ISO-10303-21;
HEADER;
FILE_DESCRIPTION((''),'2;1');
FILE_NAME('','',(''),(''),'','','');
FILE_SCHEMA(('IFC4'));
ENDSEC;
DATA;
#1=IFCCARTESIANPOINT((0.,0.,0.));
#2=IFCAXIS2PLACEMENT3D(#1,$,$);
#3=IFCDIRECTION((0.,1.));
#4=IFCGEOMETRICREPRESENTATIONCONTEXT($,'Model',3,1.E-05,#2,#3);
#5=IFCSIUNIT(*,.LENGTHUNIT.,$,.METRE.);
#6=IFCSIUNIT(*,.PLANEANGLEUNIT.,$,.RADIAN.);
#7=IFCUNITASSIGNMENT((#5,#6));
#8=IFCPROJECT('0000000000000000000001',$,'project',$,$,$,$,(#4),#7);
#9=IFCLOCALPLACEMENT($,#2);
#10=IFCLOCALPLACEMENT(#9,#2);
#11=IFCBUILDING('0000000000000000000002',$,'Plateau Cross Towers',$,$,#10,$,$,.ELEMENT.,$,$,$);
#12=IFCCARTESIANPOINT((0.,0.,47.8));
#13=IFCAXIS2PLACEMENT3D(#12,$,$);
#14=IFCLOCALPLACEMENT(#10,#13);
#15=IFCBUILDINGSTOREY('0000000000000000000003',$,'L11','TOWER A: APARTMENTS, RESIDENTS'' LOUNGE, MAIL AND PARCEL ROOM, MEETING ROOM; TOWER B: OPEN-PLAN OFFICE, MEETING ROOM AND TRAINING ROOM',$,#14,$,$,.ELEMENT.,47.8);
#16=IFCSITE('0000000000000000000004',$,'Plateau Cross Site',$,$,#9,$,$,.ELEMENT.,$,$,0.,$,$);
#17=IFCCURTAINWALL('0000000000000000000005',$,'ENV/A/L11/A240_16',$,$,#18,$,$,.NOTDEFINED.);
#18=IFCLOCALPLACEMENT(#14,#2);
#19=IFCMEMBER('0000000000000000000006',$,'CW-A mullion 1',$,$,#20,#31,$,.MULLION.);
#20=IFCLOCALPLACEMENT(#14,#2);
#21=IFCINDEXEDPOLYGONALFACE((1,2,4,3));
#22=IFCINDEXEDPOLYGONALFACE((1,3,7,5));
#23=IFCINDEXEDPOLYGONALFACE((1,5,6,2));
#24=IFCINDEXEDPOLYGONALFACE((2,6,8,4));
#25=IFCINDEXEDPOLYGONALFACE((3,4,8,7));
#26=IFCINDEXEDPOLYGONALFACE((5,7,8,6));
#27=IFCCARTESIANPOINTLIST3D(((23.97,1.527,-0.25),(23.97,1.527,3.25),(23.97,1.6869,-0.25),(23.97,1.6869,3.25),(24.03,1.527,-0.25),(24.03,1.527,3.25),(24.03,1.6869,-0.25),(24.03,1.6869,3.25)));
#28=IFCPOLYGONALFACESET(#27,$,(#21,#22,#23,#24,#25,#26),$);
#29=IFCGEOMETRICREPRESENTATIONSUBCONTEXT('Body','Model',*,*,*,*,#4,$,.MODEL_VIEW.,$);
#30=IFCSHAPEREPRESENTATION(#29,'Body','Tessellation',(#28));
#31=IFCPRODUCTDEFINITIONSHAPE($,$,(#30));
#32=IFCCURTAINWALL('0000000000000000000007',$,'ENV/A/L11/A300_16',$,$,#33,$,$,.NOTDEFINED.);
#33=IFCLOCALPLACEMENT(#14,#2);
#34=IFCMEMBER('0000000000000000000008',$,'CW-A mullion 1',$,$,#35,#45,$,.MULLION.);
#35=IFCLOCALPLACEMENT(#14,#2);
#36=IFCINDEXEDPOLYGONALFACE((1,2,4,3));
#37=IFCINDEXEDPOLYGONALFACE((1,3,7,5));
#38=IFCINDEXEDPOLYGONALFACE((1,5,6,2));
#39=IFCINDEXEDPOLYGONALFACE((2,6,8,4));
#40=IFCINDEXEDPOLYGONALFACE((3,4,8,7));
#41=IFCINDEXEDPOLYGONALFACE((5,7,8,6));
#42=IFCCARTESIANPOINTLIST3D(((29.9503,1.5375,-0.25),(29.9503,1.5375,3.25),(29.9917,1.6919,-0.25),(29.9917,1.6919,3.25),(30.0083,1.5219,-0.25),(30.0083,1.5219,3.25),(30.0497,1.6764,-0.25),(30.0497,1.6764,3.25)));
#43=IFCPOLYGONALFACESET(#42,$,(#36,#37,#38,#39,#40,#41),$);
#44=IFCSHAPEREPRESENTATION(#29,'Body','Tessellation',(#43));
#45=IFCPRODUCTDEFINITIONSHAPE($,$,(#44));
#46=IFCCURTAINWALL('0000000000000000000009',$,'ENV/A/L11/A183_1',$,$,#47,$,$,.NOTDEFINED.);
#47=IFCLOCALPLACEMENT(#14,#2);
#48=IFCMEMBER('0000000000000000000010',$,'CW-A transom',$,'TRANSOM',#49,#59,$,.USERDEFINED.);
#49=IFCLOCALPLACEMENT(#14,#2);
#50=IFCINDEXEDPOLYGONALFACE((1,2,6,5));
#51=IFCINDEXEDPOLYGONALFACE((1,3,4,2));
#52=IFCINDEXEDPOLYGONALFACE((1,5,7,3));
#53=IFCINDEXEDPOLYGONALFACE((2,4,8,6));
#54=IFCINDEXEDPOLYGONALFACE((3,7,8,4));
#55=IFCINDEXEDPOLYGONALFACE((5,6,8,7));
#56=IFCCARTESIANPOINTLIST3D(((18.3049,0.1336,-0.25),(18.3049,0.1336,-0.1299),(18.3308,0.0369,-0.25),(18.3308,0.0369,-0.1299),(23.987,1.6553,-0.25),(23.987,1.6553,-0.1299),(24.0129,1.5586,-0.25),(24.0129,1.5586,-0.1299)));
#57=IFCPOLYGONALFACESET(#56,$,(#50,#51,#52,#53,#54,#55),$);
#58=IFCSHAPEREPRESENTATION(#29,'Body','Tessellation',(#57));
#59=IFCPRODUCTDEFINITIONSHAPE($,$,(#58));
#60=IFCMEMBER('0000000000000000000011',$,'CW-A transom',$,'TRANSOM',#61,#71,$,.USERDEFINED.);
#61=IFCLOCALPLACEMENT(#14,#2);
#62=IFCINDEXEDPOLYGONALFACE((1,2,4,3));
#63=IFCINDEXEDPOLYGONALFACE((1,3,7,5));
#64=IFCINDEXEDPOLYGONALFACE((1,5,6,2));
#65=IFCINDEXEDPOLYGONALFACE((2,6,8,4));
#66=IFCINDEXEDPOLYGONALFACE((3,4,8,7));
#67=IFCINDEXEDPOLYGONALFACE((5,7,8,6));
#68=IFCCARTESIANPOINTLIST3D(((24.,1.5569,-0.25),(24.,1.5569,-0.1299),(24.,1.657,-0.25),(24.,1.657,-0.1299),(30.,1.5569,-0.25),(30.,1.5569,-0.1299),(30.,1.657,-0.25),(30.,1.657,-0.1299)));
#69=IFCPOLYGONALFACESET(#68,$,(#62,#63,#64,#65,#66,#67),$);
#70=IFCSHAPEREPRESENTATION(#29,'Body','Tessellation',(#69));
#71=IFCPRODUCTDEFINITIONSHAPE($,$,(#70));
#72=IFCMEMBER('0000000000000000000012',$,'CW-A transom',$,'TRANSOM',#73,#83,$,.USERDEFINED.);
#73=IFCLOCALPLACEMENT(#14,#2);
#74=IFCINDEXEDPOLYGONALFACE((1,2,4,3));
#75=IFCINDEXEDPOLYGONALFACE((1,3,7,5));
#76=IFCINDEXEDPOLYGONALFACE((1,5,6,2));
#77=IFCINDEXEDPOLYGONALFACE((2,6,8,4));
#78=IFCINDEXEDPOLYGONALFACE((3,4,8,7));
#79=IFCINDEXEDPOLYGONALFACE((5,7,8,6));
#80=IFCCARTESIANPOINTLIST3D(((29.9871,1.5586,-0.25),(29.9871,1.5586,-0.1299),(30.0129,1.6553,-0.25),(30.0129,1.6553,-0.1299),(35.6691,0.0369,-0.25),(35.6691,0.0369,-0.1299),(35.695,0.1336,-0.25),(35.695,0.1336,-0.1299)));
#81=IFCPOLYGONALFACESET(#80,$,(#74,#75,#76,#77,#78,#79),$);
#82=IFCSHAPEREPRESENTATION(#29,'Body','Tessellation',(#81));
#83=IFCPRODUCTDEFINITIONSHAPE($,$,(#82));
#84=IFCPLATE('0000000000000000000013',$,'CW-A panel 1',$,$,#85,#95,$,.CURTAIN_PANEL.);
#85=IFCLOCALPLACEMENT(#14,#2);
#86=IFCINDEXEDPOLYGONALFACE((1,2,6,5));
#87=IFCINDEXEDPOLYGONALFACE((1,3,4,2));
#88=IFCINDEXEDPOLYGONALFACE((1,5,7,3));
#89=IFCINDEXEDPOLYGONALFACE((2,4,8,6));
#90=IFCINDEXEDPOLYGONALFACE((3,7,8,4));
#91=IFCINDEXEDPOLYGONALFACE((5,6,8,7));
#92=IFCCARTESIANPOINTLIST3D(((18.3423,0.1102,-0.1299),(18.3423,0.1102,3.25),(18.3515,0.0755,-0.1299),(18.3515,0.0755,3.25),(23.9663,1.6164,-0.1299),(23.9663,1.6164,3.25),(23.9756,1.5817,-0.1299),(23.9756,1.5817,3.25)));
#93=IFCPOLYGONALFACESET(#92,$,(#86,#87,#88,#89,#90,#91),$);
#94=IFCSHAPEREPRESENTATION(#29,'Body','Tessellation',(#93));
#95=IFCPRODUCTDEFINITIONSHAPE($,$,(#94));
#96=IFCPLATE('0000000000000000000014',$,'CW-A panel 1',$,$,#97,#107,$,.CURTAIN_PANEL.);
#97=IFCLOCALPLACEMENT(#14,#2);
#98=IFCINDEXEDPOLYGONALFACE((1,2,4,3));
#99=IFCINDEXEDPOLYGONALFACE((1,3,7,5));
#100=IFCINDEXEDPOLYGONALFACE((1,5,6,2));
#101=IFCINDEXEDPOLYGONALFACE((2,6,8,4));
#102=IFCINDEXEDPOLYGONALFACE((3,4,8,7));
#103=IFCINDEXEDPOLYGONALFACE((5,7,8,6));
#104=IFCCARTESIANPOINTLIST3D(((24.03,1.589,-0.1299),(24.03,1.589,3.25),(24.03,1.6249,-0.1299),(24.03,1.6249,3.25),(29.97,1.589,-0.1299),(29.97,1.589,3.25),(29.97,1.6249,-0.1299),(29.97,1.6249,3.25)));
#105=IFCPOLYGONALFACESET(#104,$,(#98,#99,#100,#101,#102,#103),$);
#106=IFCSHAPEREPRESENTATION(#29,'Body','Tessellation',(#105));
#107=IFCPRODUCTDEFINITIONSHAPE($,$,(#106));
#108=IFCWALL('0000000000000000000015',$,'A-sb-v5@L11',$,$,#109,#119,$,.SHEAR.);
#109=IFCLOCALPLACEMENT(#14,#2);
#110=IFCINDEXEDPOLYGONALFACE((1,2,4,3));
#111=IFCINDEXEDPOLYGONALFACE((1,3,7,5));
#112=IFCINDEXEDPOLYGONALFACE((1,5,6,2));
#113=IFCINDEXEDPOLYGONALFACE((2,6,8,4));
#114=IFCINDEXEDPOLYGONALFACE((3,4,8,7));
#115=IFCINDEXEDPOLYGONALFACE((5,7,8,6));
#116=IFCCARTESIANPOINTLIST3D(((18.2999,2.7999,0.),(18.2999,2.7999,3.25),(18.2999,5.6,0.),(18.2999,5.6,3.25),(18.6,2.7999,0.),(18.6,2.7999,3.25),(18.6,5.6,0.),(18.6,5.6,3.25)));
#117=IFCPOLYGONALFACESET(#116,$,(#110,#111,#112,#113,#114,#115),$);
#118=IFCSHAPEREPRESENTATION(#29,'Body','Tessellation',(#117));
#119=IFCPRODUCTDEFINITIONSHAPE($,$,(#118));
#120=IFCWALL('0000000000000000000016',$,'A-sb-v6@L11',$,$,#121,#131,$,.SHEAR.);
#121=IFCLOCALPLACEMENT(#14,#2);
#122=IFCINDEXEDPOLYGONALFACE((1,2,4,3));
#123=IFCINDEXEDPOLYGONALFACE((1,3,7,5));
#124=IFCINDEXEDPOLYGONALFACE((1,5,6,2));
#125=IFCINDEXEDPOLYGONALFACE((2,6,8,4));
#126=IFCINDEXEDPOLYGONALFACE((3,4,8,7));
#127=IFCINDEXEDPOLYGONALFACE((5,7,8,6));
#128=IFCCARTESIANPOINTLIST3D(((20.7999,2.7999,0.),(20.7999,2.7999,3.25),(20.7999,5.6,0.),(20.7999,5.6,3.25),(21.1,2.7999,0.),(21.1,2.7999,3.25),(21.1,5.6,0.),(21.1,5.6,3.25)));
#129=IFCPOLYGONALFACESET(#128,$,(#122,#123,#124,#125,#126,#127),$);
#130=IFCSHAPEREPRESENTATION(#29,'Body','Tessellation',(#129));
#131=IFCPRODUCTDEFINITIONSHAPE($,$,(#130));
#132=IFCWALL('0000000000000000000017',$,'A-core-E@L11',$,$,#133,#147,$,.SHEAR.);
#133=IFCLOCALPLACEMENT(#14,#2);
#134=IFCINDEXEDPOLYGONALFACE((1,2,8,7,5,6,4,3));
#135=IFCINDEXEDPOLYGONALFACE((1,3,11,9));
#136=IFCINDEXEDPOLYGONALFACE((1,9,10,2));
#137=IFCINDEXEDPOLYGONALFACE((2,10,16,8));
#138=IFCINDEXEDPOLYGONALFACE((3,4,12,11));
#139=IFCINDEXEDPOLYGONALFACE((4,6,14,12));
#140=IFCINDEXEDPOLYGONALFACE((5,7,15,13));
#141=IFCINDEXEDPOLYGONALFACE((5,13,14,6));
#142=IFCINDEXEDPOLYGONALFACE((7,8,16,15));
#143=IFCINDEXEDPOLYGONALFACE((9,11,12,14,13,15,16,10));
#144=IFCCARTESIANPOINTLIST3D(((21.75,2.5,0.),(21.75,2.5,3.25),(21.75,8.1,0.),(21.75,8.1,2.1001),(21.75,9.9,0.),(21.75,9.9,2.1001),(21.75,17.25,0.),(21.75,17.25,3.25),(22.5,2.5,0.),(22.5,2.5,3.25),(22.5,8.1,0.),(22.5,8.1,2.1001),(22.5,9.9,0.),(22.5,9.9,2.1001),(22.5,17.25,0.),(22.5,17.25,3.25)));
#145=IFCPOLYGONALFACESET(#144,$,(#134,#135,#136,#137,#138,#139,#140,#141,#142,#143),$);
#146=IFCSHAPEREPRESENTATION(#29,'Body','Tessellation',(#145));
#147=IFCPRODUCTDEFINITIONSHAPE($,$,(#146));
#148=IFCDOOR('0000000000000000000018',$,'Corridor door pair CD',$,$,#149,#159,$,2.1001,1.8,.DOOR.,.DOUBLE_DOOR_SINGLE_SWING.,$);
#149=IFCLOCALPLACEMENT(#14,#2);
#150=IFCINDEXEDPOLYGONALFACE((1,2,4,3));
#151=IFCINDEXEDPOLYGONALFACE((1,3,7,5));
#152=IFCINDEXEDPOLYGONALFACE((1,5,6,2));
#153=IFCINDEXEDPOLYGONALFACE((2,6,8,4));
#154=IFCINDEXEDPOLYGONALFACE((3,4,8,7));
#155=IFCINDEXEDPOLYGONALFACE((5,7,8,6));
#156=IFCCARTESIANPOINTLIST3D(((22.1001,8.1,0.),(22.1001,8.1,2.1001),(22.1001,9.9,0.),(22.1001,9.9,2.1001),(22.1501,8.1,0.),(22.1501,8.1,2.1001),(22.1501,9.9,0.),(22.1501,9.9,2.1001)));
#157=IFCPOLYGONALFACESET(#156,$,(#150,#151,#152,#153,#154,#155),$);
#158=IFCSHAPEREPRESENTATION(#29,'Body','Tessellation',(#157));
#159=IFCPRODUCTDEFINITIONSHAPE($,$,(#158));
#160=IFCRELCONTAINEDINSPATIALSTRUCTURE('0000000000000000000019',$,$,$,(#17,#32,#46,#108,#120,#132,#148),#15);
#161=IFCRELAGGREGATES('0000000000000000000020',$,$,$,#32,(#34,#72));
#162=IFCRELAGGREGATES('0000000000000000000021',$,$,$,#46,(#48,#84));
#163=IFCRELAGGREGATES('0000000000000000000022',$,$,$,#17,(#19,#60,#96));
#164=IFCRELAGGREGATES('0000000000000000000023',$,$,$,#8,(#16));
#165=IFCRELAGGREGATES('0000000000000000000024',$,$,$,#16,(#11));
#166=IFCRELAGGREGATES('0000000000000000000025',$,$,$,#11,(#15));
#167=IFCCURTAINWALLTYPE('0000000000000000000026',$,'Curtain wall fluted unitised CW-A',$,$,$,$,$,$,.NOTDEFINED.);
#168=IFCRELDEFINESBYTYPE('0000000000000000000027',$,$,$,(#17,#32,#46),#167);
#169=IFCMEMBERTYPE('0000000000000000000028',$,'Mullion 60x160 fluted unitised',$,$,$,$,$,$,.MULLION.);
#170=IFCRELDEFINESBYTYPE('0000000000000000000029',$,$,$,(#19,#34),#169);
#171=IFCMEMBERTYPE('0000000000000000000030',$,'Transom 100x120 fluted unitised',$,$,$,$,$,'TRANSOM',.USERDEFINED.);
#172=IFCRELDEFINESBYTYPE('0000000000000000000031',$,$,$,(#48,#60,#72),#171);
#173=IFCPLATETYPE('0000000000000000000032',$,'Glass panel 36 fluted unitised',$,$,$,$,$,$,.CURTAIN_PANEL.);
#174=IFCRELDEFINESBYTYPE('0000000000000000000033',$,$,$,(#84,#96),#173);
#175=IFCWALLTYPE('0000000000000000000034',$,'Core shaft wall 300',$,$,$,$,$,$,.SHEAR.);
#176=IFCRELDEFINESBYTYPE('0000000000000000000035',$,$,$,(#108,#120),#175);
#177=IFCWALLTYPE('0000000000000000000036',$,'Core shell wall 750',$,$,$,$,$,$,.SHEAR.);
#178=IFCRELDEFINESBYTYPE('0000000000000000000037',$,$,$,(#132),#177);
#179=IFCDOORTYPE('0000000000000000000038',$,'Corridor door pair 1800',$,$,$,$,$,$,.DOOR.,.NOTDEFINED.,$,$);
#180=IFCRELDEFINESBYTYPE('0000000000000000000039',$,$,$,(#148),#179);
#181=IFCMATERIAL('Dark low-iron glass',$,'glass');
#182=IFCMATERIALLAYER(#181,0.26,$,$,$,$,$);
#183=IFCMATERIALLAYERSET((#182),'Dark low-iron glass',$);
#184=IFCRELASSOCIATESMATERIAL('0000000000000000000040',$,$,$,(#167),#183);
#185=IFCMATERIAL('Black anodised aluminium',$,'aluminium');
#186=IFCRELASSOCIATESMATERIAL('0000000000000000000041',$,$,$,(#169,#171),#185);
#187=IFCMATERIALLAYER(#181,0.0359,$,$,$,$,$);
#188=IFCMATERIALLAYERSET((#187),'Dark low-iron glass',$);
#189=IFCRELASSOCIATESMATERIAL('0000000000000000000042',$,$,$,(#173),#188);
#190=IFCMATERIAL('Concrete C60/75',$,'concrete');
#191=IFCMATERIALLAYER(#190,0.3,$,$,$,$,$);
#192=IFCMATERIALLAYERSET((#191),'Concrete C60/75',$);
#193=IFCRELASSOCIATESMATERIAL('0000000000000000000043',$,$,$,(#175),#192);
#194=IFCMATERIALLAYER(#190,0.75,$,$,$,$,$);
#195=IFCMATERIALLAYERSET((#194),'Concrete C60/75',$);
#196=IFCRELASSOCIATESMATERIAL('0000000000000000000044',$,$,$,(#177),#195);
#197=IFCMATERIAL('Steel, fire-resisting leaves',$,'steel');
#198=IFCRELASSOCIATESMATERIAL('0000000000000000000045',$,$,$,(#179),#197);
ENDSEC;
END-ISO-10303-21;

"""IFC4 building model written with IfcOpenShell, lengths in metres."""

from ifc_helpers import new_model, si_unit, direction, frame, frame_2d, origin, origin_2d, place, context, subcontext, project, spatial, rectangle, extrude, material, layer, layer_set, material_profile, profile_set, type_object, element, fill, aggregate, save


model = new_model("IFC4")

# Units and contexts
model_context = context("Model", 3, precision=1e-05, world=origin(), true_north=direction((0.0, 1.0)))
body_context = subcontext(model_context, "Body", "Model", "MODEL_VIEW")
ifc_project = project(units=[si_unit("LENGTHUNIT", "METRE"), si_unit("PLANEANGLEUNIT", "RADIAN")], contexts=[model_context])

# Site, building, storey
site_placement = place(None, origin())
site = spatial("IfcSite", under=ifc_project, at=site_placement, Name="Plateau Cross Site", CompositionType="ELEMENT", RefElevation=0.0)
building_placement = place(site_placement, origin())
building = spatial("IfcBuilding", under=site, at=building_placement, Name="Plateau Cross Towers", CompositionType="ELEMENT")
storey_placement = place(building_placement, frame((0.0, 0.0, 47.8)))
storey = spatial("IfcBuildingStorey", under=building, at=storey_placement, Name="L11", Description="TOWER A: APARTMENTS, RESIDENTS' LOUNGE, MAIL AND PARCEL ROOM, MEETING ROOM; TOWER B: OPEN-PLAN OFFICE, MEETING ROOM AND TRAINING ROOM", CompositionType="ELEMENT", Elevation=47.8)

# Curtain walls, members
ifc_material_1 = material(Name="Dark low-iron glass", Category="glass")
ifc_layer_1 = layer(ifc_material_1, 0.26)
ifc_layer_set_1 = layer_set([ifc_layer_1], Name="Dark low-iron glass")
curtain_wall_type = type_object("IfcCurtainWallType", Name="Curtain wall fluted unitised CW-A", PredefinedType="NOTDEFINED", material=ifc_layer_set_1)
curtain_wall_1_placement = place(storey_placement, origin())
curtain_wall_1 = element("IfcCurtainWall", 1, at=curtain_wall_1_placement, inside=storey, type_object=curtain_wall_type, Name="ENV/A/L11/A240_16", PredefinedType="NOTDEFINED")
ifc_material_2 = material(Name="Black anodised aluminium", Category="aluminium")
ifc_material_profile_1 = material_profile(ifc_material_2, rectangle(XDim=0.0601, YDim=0.1599, at=origin_2d()), Name="MULLION 60x160")
ifc_profile_set_1 = profile_set([ifc_material_profile_1], Name="Black anodised aluminium")
member_type_1 = type_object("IfcMemberType", Name="Mullion 60x160 fluted unitised", PredefinedType="MULLION", material=ifc_profile_set_1)
member_1_placement = place(storey_placement, frame((24.0, 1.6069, -0.25), z_axis=(0.0, 0.0, 1.0), x_axis=(1.0, 0.0, 0.0)))
member_1 = element("IfcMember", 2, at=member_1_placement, type_object=member_type_1, Name="CW-A mullion 1", PredefinedType="MULLION", context=body_context, shape_type="SweptSolid", body=[
    extrude(rectangle(XDim=0.0601, YDim=0.1599, at=origin_2d()), origin(), (0.0, 0.0, 1.0), 3.5),
])
curtain_wall_2_placement = place(storey_placement, origin())
curtain_wall_2 = element("IfcCurtainWall", 3, at=curtain_wall_2_placement, inside=storey, type_object=curtain_wall_type, Name="ENV/A/L11/A300_16", PredefinedType="NOTDEFINED")
member_2_placement = place(storey_placement, frame((30.0, 1.6069, -0.25), z_axis=(0.0, 0.0, 1.0), x_axis=(0.965958, -0.258699, 0.0)))
member_2 = element("IfcMember", 4, at=member_2_placement, type_object=member_type_1, Name="CW-A mullion 1", PredefinedType="MULLION", context=body_context, shape_type="SweptSolid", body=[
    extrude(rectangle(XDim=0.0601, YDim=0.1599, at=origin_2d()), origin(), (0.0, 0.0, 1.0), 3.5),
])
curtain_wall_3_placement = place(storey_placement, origin())
curtain_wall_3 = element("IfcCurtainWall", 5, at=curtain_wall_3_placement, inside=storey, type_object=curtain_wall_type, Name="ENV/A/L11/A183_1", PredefinedType="NOTDEFINED")
ifc_material_profile_2 = material_profile(ifc_material_2, rectangle(XDim=0.1001, YDim=0.1201, at=origin_2d()), Name="TRANSOM 100x120")
ifc_profile_set_2 = profile_set([ifc_material_profile_2], Name="Black anodised aluminium")
member_type_2 = type_object("IfcMemberType", Name="Transom 100x120 fluted unitised", ElementType="TRANSOM", PredefinedType="USERDEFINED", material=ifc_profile_set_2)
member_3_placement = place(storey_placement, frame((18.3179, 0.0852, -0.1899), z_axis=(0.96596, 0.258693, 0.0), x_axis=(-0.258693, 0.96596, 0.0)))
member_3 = element("IfcMember", 6, at=member_3_placement, type_object=member_type_2, Name="CW-A transom", ObjectType="TRANSOM", PredefinedType="USERDEFINED", context=body_context, shape_type="SweptSolid", body=[
    extrude(rectangle(XDim=0.1001, YDim=0.1201, at=origin_2d()), origin(), (0.0, 0.0, 1.0), 5.8823),
])

# Members
member_4_placement = place(storey_placement, frame((24.0, 1.6069, -0.1899), z_axis=(1.0, 0.0, 0.0), x_axis=(0.0, 1.0, 0.0)))
member_4 = element("IfcMember", 7, at=member_4_placement, type_object=member_type_2, Name="CW-A transom", ObjectType="TRANSOM", PredefinedType="USERDEFINED", context=body_context, shape_type="SweptSolid", body=[
    extrude(rectangle(XDim=0.1001, YDim=0.1201, at=origin_2d()), origin(), (0.0, 0.0, 1.0), 6.0),
])
member_5_placement = place(storey_placement, frame((30.0, 1.6069, -0.1899), z_axis=(0.96596, -0.258693, 0.0), x_axis=(0.258693, 0.96596, 0.0)))
member_5 = element("IfcMember", 8, at=member_5_placement, type_object=member_type_2, Name="CW-A transom", ObjectType="TRANSOM", PredefinedType="USERDEFINED", context=body_context, shape_type="SweptSolid", body=[
    extrude(rectangle(XDim=0.1001, YDim=0.1201, at=origin_2d()), origin(), (0.0, 0.0, 1.0), 5.8823),
])
aggregate(curtain_wall_2, [member_2, member_5])

# Plates
ifc_layer_2 = layer(ifc_material_1, 0.0359)
ifc_layer_set_2 = layer_set([ifc_layer_2], Name="Dark low-iron glass")
plate_type = type_object("IfcPlateType", Name="Glass panel 36 fluted unitised", PredefinedType="CURTAIN_PANEL", material=ifc_layer_set_2)
plate_1_placement = place(storey_placement, frame((21.1589, 0.8459, -0.1299), z_axis=(0.0, 0.0, 1.0), x_axis=(0.965958, 0.258699, 0.0)))
plate_1 = element("IfcPlate", 9, at=plate_1_placement, type_object=plate_type, Name="CW-A panel 1", PredefinedType="CURTAIN_PANEL", context=body_context, shape_type="SweptSolid", body=[
    extrude(rectangle(XDim=5.8223, YDim=0.0359, at=origin_2d()), origin(), (0.0, 0.0, 1.0), 3.3799),
])
aggregate(curtain_wall_3, [member_3, plate_1])
plate_2_placement = place(storey_placement, frame((27.0, 1.6069, -0.1299), z_axis=(0.0, 0.0, 1.0), x_axis=(1.0, 0.0, 0.0)))
plate_2 = element("IfcPlate", 10, at=plate_2_placement, type_object=plate_type, Name="CW-A panel 1", PredefinedType="CURTAIN_PANEL", context=body_context, shape_type="SweptSolid", body=[
    extrude(rectangle(XDim=5.9399, YDim=0.0359, at=origin_2d()), origin(), (0.0, 0.0, 1.0), 3.3799),
])
aggregate(curtain_wall_1, [member_1, member_4, plate_2])

# Walls
ifc_material_3 = material(Name="Concrete C60/75", Category="concrete")
ifc_layer_3 = layer(ifc_material_3, 0.3)
ifc_layer_set_3 = layer_set([ifc_layer_3], Name="Concrete C60/75")
wall_type_1 = type_object("IfcWallType", Name="Core shaft wall 300", PredefinedType="SHEAR", material=ifc_layer_set_3)
for number, where, z_axis, x_axis, name in (
    (11, (18.45, 2.8, 0.0), (0.0, 0.0, 1.0), (0.0, 1.0, 0.0), "A-sb-v5@L11"),
    (12, (20.95, 2.8, 0.0), (0.0, 0.0, 1.0), (0.0, 1.0, 0.0), "A-sb-v6@L11"),
):
    element("IfcWall", number, at=place(storey_placement, frame(where, z_axis=z_axis, x_axis=x_axis)), inside=storey, type_object=wall_type_1, Name=name, PredefinedType="SHEAR", context=body_context, shape_type="SweptSolid", body=[
        extrude(rectangle(XDim=2.8, YDim=0.3, at=frame_2d((1.3999, 0.0))), origin(), (0.0, 0.0, 1.0), 3.25),
    ])

# Wall, opening, door
ifc_layer_4 = layer(ifc_material_3, 0.75)
ifc_layer_set_4 = layer_set([ifc_layer_4], Name="Concrete C60/75")
wall_type_2 = type_object("IfcWallType", Name="Core shell wall 750", PredefinedType="SHEAR", material=ifc_layer_set_4)
wall_1_placement = place(storey_placement, frame((22.125, 2.5, 0.0), z_axis=(0.0, 0.0, 1.0), x_axis=(0.0, 1.0, 0.0)))
wall_1 = element("IfcWall", 13, at=wall_1_placement, inside=storey, type_object=wall_type_2, Name="A-core-E@L11", PredefinedType="SHEAR", context=body_context, shape_type="SweptSolid", body=[
    extrude(rectangle(XDim=14.75, YDim=0.75, at=frame_2d((7.375, 0.0))), origin(), (0.0, 0.0, 1.0), 3.25),
])
opening_1_placement = place(wall_1_placement, frame((5.6001, 0.0, 0.0)))
opening_1 = element("IfcOpeningElement", 14, at=opening_1_placement, cuts=wall_1, PredefinedType="OPENING", context=body_context, shape_type="SweptSolid", body=[
    extrude(rectangle(XDim=1.8, YDim=2.1001, at=frame_2d((0.8999, 1.05))), frame((0.0, 0.385, 0.0), z_axis=(0.0, -1.0, 0.0), x_axis=(1.0, 0.0, 0.0)), (0.0, 0.0, 1.0), 0.77),
])
ifc_material_4 = material(Name="Steel, fire-resisting leaves", Category="steel")
door_type_1 = type_object("IfcDoorType", Name="Corridor door pair 1800", OperationType="NOTDEFINED", PredefinedType="DOOR", material=ifc_material_4)
door_1_placement = place(opening_1_placement, origin())
door_1 = element("IfcDoor", 15, at=door_1_placement, inside=storey, type_object=door_type_1, Name="Corridor door pair CD", OperationType="DOUBLE_DOOR_SINGLE_SWING", OverallHeight=2.1001, OverallWidth=1.8, PredefinedType="DOOR", context=body_context, shape_type="SweptSolid", body=[
    extrude(rectangle(XDim=1.8, YDim=2.1001, at=frame_2d((0.8999, 1.05))), frame((0.0, 0.0249, 0.0), z_axis=(0.0, -1.0, 0.0), x_axis=(1.0, 0.0, 0.0)), (0.0, 0.0, 1.0), 0.05),
])
fill(opening_1, door_1)

save(model, "model.ifc")
